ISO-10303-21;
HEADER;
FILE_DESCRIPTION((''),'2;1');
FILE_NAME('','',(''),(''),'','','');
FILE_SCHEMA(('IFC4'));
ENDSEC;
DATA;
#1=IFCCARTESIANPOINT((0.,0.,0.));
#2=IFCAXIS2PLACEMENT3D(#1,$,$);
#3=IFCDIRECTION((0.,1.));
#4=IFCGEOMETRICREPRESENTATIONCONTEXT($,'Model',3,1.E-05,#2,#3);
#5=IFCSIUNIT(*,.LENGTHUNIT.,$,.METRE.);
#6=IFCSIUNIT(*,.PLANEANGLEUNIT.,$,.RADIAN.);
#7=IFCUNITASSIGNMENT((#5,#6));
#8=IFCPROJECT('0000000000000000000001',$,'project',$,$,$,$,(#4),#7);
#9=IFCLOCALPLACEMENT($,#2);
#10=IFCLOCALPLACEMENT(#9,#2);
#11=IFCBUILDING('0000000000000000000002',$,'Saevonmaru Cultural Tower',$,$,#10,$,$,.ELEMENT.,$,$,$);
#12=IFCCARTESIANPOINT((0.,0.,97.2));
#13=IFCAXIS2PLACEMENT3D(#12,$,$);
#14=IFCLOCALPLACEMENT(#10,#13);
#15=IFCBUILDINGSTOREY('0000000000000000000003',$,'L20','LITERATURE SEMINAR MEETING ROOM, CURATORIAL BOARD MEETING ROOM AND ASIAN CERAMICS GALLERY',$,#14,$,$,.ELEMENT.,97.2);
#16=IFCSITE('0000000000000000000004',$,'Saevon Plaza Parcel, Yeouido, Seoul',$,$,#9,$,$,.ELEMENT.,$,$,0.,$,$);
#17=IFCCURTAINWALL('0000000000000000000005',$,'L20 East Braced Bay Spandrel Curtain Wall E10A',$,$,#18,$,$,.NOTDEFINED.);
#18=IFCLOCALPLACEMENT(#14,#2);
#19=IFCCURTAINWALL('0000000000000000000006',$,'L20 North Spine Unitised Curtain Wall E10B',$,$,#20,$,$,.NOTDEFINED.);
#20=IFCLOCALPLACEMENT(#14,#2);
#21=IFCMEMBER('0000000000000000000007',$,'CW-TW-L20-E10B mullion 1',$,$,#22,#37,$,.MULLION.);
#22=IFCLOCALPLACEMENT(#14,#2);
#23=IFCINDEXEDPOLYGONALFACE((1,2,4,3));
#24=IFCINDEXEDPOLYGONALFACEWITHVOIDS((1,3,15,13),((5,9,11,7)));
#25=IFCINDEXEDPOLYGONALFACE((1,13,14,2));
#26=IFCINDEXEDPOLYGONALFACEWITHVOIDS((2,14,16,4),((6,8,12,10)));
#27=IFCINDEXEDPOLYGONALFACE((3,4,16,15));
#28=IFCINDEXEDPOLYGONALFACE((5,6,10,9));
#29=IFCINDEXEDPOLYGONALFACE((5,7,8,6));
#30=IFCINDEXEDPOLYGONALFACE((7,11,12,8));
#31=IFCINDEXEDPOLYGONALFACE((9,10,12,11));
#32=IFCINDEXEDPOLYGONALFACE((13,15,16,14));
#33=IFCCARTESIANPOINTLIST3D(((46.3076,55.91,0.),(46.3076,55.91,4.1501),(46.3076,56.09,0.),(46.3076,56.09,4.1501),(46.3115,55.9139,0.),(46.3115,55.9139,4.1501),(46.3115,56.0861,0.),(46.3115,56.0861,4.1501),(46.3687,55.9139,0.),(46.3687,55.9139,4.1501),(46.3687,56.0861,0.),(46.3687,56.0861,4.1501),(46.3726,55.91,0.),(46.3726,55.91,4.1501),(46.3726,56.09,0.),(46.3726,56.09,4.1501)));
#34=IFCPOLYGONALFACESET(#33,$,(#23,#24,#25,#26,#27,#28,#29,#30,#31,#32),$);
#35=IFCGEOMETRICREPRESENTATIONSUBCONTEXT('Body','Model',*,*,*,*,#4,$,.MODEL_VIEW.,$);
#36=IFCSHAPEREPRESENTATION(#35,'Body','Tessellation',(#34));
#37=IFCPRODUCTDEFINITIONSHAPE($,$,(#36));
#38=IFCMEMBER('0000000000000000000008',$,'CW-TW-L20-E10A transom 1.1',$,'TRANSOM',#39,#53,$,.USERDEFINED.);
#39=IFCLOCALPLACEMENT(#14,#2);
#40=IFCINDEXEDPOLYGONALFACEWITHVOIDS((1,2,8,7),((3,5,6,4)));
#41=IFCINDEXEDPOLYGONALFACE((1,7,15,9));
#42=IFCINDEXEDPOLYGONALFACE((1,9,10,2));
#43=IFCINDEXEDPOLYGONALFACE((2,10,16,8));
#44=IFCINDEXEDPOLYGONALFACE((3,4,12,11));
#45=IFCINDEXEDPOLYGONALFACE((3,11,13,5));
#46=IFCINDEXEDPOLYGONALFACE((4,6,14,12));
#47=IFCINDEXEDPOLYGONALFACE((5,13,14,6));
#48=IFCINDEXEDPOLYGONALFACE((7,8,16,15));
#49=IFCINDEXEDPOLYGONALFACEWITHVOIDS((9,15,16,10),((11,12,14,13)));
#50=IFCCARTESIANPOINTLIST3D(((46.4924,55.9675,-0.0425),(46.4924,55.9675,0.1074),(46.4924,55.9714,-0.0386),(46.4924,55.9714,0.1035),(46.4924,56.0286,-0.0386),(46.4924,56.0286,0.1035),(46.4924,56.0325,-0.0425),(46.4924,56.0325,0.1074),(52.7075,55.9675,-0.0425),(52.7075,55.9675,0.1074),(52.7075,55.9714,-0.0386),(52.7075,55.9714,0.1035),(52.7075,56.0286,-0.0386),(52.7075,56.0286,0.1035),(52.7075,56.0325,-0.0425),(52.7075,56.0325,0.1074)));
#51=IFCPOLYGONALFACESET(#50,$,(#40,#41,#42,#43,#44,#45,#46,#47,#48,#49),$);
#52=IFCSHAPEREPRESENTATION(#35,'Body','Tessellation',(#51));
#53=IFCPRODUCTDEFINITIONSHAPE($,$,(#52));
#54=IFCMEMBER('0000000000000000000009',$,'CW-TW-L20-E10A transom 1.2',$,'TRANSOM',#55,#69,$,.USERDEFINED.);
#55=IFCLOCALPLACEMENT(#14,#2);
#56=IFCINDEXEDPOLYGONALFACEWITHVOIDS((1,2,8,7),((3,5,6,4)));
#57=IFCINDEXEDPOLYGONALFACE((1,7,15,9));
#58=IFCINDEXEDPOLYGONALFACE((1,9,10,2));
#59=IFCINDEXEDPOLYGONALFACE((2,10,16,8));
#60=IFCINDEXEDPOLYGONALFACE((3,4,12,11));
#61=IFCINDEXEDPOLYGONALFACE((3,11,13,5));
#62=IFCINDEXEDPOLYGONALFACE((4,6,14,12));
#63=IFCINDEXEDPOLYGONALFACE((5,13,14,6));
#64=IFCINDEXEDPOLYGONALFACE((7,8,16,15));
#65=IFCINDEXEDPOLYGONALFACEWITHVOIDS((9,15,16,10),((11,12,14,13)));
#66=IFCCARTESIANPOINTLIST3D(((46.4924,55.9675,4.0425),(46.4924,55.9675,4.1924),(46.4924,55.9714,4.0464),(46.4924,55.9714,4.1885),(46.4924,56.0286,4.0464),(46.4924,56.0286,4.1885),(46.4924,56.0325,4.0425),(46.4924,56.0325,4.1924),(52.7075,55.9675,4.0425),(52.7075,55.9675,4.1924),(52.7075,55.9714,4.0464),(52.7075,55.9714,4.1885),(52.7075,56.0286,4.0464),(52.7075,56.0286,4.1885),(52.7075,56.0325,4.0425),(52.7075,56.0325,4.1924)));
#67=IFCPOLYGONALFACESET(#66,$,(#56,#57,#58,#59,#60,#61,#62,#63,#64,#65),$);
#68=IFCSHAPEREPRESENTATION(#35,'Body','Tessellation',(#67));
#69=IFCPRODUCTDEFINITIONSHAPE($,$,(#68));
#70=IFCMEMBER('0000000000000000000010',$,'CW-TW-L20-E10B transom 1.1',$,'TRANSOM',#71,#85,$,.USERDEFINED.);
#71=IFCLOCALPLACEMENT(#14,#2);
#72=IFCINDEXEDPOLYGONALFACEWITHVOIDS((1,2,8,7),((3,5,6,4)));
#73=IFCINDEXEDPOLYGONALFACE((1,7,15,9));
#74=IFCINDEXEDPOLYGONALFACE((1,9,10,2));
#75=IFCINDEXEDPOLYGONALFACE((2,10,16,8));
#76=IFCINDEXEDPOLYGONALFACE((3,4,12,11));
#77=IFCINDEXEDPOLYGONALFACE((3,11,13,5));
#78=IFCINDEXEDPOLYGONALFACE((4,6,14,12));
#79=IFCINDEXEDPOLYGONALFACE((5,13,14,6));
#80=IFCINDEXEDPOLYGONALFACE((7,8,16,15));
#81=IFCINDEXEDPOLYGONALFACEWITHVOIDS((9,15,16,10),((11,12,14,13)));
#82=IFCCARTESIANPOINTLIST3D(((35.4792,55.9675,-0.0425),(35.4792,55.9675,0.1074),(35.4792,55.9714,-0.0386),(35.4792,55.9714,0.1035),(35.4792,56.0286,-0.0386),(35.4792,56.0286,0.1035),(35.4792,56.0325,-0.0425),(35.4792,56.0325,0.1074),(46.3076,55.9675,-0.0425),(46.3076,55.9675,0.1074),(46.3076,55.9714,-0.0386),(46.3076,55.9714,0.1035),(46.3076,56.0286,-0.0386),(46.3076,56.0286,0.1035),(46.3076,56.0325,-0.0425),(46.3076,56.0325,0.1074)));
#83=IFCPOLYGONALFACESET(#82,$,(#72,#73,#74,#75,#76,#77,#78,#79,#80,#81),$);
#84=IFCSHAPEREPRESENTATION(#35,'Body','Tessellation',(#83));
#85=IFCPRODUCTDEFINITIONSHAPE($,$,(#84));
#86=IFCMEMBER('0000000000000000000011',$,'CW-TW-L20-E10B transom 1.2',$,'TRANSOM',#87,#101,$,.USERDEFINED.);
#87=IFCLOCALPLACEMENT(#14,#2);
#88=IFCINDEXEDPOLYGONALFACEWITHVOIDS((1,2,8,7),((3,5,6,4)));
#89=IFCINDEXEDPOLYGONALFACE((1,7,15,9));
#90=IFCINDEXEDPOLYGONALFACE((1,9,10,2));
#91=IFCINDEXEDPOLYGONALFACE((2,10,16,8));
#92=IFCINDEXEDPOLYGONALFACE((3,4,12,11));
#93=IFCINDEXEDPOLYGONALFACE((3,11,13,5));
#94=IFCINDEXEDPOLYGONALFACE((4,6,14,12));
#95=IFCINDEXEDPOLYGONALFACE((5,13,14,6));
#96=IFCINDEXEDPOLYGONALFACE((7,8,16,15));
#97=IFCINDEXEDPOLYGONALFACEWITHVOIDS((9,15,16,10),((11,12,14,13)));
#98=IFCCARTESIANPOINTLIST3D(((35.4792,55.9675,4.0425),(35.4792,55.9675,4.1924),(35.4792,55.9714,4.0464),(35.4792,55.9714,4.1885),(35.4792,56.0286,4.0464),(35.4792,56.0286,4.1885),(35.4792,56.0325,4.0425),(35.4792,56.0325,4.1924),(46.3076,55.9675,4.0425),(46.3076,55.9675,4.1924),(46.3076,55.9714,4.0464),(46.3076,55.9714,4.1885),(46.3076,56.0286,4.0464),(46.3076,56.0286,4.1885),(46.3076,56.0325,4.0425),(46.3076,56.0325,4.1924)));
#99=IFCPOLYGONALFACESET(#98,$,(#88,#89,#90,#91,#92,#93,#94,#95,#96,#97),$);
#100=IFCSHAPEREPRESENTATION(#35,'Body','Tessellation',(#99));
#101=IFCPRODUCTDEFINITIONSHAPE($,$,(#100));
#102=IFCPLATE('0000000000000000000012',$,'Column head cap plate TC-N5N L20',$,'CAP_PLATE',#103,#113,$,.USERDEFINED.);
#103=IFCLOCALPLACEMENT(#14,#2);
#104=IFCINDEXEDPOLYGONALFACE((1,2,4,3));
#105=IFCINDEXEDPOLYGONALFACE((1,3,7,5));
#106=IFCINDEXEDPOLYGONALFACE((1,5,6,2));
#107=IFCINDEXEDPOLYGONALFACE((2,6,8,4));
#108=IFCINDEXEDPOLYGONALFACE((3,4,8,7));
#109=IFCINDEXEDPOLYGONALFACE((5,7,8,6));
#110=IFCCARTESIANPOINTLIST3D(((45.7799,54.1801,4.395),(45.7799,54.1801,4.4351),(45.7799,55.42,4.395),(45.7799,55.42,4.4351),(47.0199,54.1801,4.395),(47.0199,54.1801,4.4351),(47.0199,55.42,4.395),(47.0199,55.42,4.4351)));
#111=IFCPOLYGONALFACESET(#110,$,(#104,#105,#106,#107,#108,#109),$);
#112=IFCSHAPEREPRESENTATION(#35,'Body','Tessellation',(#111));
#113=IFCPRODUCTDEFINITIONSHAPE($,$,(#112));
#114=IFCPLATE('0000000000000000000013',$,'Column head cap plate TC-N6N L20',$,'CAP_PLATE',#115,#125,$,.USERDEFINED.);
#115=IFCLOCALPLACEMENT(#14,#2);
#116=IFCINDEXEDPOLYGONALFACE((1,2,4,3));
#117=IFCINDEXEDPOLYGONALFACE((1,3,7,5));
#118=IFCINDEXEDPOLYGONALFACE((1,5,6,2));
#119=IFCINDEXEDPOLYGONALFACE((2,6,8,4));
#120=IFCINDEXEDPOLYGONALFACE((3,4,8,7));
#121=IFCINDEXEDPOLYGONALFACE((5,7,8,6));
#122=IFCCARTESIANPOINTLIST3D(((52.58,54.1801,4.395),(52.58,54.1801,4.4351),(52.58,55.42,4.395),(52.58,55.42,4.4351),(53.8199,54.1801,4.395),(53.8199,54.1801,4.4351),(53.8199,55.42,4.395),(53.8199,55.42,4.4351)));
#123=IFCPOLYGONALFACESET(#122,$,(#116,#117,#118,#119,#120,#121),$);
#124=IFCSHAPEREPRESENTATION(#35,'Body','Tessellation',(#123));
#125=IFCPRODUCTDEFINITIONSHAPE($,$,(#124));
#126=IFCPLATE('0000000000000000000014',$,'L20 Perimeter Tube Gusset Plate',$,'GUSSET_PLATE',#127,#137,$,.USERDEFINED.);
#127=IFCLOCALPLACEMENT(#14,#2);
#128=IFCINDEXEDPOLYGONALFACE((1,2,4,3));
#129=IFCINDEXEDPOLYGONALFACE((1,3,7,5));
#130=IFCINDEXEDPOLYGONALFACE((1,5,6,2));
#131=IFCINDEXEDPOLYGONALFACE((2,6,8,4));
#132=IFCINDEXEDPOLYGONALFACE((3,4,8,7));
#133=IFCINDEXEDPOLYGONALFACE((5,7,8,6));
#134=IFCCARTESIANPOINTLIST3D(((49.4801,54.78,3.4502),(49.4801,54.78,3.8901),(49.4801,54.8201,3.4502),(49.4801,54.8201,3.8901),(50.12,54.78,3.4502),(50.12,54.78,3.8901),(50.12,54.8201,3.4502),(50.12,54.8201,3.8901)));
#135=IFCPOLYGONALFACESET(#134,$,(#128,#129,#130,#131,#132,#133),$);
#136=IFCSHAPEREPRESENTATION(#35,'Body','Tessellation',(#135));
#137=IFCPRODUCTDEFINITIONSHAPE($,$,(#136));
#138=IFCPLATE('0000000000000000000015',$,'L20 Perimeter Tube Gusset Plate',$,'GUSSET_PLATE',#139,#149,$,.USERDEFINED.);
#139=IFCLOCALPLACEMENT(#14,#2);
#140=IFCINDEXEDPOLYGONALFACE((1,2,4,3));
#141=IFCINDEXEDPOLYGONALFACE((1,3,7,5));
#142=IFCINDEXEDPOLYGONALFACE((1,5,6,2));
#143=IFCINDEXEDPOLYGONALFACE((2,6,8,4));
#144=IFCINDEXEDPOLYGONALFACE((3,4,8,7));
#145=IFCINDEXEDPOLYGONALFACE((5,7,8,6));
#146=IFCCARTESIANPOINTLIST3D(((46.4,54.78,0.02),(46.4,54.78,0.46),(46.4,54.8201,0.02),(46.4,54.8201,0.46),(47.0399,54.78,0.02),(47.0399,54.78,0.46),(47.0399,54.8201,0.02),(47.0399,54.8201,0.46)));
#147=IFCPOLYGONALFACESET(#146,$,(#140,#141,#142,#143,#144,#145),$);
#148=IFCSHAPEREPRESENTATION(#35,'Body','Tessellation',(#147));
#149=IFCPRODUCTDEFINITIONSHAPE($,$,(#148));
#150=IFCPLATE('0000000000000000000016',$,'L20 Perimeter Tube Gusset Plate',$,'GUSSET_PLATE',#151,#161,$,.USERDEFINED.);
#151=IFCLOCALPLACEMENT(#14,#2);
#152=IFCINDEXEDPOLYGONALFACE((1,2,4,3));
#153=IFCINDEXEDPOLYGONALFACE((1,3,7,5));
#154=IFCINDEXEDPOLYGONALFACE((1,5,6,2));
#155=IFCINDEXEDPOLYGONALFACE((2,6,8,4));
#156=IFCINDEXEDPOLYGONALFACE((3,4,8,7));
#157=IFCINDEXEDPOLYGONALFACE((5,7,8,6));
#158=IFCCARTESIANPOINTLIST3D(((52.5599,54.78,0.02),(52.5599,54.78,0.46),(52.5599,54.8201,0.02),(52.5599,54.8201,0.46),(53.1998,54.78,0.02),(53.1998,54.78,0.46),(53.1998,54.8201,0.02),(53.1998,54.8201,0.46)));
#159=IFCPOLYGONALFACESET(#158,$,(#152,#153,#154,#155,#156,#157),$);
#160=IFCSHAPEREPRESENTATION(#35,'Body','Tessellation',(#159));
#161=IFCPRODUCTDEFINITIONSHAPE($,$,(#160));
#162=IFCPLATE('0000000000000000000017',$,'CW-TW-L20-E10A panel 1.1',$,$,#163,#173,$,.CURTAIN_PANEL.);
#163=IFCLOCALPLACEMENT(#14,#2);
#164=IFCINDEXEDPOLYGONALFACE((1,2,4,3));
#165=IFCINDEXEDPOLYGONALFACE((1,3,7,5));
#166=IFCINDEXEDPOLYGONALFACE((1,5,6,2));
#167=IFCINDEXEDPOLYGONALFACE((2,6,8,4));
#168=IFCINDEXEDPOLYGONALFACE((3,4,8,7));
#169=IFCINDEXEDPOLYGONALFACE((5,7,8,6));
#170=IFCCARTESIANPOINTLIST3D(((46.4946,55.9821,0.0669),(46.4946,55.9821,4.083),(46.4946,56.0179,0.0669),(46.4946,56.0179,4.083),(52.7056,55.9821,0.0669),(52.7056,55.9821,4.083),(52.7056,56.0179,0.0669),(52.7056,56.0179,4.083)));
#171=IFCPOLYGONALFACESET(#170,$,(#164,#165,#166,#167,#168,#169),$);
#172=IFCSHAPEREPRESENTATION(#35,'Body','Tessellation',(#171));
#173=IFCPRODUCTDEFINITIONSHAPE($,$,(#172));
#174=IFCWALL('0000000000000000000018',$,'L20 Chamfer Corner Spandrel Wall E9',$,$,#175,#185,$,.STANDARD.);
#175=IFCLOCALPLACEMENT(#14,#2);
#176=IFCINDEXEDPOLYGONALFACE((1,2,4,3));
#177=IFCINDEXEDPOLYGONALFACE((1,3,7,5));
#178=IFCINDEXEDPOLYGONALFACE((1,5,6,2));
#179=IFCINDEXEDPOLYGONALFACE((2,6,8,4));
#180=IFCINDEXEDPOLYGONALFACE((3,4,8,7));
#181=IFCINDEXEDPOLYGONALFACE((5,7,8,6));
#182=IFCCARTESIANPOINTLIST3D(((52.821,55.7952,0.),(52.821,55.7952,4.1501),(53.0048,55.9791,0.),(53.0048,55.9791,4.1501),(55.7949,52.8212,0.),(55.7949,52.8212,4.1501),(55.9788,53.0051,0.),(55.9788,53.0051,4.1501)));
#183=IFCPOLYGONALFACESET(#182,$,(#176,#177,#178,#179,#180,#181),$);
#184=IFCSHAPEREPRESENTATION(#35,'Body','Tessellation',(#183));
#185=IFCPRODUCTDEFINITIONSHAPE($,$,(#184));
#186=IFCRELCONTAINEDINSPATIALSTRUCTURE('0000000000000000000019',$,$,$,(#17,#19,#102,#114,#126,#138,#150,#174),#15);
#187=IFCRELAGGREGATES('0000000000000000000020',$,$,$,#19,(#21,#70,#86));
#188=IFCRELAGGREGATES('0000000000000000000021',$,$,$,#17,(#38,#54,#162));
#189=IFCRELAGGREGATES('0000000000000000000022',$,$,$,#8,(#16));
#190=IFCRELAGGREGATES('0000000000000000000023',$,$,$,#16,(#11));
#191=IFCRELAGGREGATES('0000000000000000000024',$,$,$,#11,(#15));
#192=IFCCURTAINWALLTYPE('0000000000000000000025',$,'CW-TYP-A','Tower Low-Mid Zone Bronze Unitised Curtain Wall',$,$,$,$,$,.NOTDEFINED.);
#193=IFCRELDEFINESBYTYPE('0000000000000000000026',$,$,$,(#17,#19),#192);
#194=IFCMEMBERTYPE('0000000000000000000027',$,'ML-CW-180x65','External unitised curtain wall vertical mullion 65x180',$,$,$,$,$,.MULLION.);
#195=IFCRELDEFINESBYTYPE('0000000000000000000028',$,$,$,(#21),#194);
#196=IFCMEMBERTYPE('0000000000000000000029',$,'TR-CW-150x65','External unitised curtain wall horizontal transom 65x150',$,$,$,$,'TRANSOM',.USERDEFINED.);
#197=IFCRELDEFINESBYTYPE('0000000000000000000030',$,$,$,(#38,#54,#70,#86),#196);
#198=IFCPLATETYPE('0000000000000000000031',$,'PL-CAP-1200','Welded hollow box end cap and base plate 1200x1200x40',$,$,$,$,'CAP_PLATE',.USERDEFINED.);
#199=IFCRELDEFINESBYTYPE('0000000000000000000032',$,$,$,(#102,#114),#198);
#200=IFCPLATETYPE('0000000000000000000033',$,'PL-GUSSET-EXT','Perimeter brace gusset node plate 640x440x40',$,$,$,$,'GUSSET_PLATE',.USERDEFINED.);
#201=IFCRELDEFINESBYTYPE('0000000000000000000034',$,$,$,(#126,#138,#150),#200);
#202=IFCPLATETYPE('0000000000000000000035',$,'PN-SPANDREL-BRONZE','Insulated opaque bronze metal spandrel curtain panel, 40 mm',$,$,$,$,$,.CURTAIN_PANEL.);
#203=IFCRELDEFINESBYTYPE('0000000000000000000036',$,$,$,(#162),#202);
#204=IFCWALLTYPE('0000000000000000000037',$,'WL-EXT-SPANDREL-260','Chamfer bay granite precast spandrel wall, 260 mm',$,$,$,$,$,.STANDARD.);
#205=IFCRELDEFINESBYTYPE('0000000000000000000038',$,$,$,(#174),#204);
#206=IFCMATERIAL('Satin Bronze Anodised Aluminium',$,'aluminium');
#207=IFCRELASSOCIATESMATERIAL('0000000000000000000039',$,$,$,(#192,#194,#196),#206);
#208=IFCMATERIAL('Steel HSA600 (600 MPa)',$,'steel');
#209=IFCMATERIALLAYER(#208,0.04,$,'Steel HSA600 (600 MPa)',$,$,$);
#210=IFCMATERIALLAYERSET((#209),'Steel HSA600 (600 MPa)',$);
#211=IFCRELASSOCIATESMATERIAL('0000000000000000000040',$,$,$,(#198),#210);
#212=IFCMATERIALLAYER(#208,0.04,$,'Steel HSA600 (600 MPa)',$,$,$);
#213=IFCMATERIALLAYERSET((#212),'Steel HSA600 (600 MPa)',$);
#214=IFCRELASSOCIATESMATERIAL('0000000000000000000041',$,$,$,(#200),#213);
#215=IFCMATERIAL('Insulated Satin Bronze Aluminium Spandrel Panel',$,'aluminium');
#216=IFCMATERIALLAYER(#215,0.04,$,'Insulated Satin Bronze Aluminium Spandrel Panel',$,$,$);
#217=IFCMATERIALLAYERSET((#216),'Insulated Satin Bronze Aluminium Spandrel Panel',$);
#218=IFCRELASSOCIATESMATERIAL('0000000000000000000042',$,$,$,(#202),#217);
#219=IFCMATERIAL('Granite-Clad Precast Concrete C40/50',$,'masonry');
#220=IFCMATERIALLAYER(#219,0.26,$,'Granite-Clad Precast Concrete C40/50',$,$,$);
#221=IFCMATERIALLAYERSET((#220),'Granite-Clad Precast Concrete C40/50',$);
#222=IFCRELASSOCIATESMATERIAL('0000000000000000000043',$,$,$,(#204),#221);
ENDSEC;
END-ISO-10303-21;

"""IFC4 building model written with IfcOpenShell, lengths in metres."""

from ifc_helpers import new_model, si_unit, direction, frame, frame_2d, origin, origin_2d, place, context, subcontext, project, spatial, rectangle, hollow_rectangle, extrude, material, layer, layer_set, material_profile, profile_set, type_object, element, aggregate, save


model = new_model("IFC4")

# Units and contexts
model_context = context("Model", 3, precision=1e-05, world=origin(), true_north=direction((0.0, 1.0)))
body_context = subcontext(model_context, "Body", "Model", "MODEL_VIEW")
ifc_project = project(units=[si_unit("LENGTHUNIT", "METRE"), si_unit("PLANEANGLEUNIT", "RADIAN")], contexts=[model_context])

# Site, building, storey
site_placement = place(None, origin())
site = spatial("IfcSite", under=ifc_project, at=site_placement, Name="Saevon Plaza Parcel, Yeouido, Seoul", CompositionType="ELEMENT", RefElevation=0.0)
building_placement = place(site_placement, origin())
building = spatial("IfcBuilding", under=site, at=building_placement, Name="Saevonmaru Cultural Tower", CompositionType="ELEMENT")
storey_placement = place(building_placement, frame((0.0, 0.0, 97.2)))
storey = spatial("IfcBuildingStorey", under=building, at=storey_placement, Name="L20", Description="LITERATURE SEMINAR MEETING ROOM, CURATORIAL BOARD MEETING ROOM AND ASIAN CERAMICS GALLERY", CompositionType="ELEMENT", Elevation=97.2)

# Shared definitions
ifc_material_1 = material(Name="Steel HSA600 (600 MPa)", Category="steel")

# Shared definitions
ifc_material_2 = material(Name="Satin Bronze Anodised Aluminium", Category="aluminium")
curtain_wall_type = type_object("IfcCurtainWallType", Name="CW-TYP-A", Description="Tower Low-Mid Zone Bronze Unitised Curtain Wall", PredefinedType="NOTDEFINED", material=ifc_material_2)
ifc_material_profile_1 = material_profile(ifc_material_2, hollow_rectangle(XDim=0.0649, YDim=0.1799, WallThickness=0.0039, at=origin_2d()), Name="ALU-MULL-180x65x4")
ifc_profile_set_1 = profile_set([ifc_material_profile_1], Name="Satin Bronze Anodised Aluminium")
member_type_1 = type_object("IfcMemberType", Name="ML-CW-180x65", Description="External unitised curtain wall vertical mullion 65x180", PredefinedType="MULLION", material=ifc_profile_set_1)

# Curtain wall
curtain_wall_1_placement = place(storey_placement, origin())
curtain_wall_1 = element("IfcCurtainWall", 1, at=curtain_wall_1_placement, inside=storey, type_object=curtain_wall_type, Name="L20 East Braced Bay Spandrel Curtain Wall E10A", PredefinedType="NOTDEFINED")

# Curtain wall, member
curtain_wall_2_placement = place(storey_placement, origin())
curtain_wall_2 = element("IfcCurtainWall", 2, at=curtain_wall_2_placement, inside=storey, type_object=curtain_wall_type, Name="L20 North Spine Unitised Curtain Wall E10B", PredefinedType="NOTDEFINED")
member_1_placement = place(storey_placement, frame((46.3401, 56.0, 0.0), z_axis=(0.0, 0.0, 1.0), x_axis=(-1.0, 0.0, 0.0)))
member_1 = element("IfcMember", 3, at=member_1_placement, type_object=member_type_1, Name="CW-TW-L20-E10B mullion 1", PredefinedType="MULLION", context=body_context, shape_type="SweptSolid", body=[
    extrude(hollow_rectangle(XDim=0.0649, YDim=0.1799, WallThickness=0.0039, at=origin_2d()), origin(), (0.0, 0.0, 1.0), 4.1501),
])

# Members
ifc_material_profile_2 = material_profile(ifc_material_2, hollow_rectangle(XDim=0.0649, YDim=0.1499, WallThickness=0.0039, at=origin_2d()), Name="ALU-TRAN-150x65x4")
ifc_profile_set_2 = profile_set([ifc_material_profile_2], Name="Satin Bronze Anodised Aluminium")
member_type_2 = type_object("IfcMemberType", Name="TR-CW-150x65", Description="External unitised curtain wall horizontal transom 65x150", ElementType="TRANSOM", PredefinedType="USERDEFINED", material=ifc_profile_set_2)
member_2_placement = place(storey_placement, frame((52.7075, 56.0, 0.0325), z_axis=(-1.0, 0.0, 0.0), x_axis=(0.0, -1.0, 0.0)))
member_2 = element("IfcMember", 4, at=member_2_placement, type_object=member_type_2, Name="CW-TW-L20-E10A transom 1.1", ObjectType="TRANSOM", PredefinedType="USERDEFINED", context=body_context, shape_type="SweptSolid", body=[
    extrude(hollow_rectangle(XDim=0.0649, YDim=0.1499, WallThickness=0.0039, at=origin_2d()), origin(), (0.0, 0.0, 1.0), 6.2151),
])
member_3_placement = place(storey_placement, frame((52.7075, 56.0, 4.1174), z_axis=(-1.0, 0.0, 0.0), x_axis=(0.0, -1.0, 0.0)))
member_3 = element("IfcMember", 5, at=member_3_placement, type_object=member_type_2, Name="CW-TW-L20-E10A transom 1.2", ObjectType="TRANSOM", PredefinedType="USERDEFINED", context=body_context, shape_type="SweptSolid", body=[
    extrude(hollow_rectangle(XDim=0.0649, YDim=0.1499, WallThickness=0.0039, at=origin_2d()), origin(), (0.0, 0.0, 1.0), 6.2151),
])
member_4_placement = place(storey_placement, frame((46.3076, 56.0, 0.0325), z_axis=(-1.0, 0.0, 0.0), x_axis=(0.0, -1.0, 0.0)))
member_4 = element("IfcMember", 6, at=member_4_placement, type_object=member_type_2, Name="CW-TW-L20-E10B transom 1.1", ObjectType="TRANSOM", PredefinedType="USERDEFINED", context=body_context, shape_type="SweptSolid", body=[
    extrude(hollow_rectangle(XDim=0.0649, YDim=0.1499, WallThickness=0.0039, at=origin_2d()), origin(), (0.0, 0.0, 1.0), 10.8284),
])
member_5_placement = place(storey_placement, frame((46.3076, 56.0, 4.1174), z_axis=(-1.0, 0.0, 0.0), x_axis=(0.0, -1.0, 0.0)))
member_5 = element("IfcMember", 7, at=member_5_placement, type_object=member_type_2, Name="CW-TW-L20-E10B transom 1.2", ObjectType="TRANSOM", PredefinedType="USERDEFINED", context=body_context, shape_type="SweptSolid", body=[
    extrude(hollow_rectangle(XDim=0.0649, YDim=0.1499, WallThickness=0.0039, at=origin_2d()), origin(), (0.0, 0.0, 1.0), 10.8284),
])
aggregate(curtain_wall_2, [member_1, member_4, member_5])

# Plates
ifc_layer_1 = layer(ifc_material_1, 0.04, Name="Steel HSA600 (600 MPa)")
ifc_layer_set_1 = layer_set([ifc_layer_1], Name="Steel HSA600 (600 MPa)")
plate_type_1 = type_object("IfcPlateType", Name="PL-CAP-1200", Description="Welded hollow box end cap and base plate 1200x1200x40", ElementType="CAP_PLATE", PredefinedType="USERDEFINED", material=ifc_layer_set_1)
for number, where, z_axis, x_axis, name in (
    (8, (46.3999, 54.8, 4.395), (0.0, 0.0, 1.0), (1.0, 0.0, 0.0), "Column head cap plate TC-N5N L20"),
    (9, (53.2, 54.8, 4.395), (0.0, 0.0, 1.0), (1.0, 0.0, 0.0), "Column head cap plate TC-N6N L20"),
):
    element("IfcPlate", number, at=place(storey_placement, frame(where, z_axis=z_axis, x_axis=x_axis)), inside=storey, type_object=plate_type_1, Name=name, ObjectType="CAP_PLATE", PredefinedType="USERDEFINED", context=body_context, shape_type="SweptSolid", body=[
        extrude(rectangle(XDim=1.24, YDim=1.24, at=origin_2d()), origin(), (0.0, 0.0, 1.0), 0.04),
    ])
ifc_layer_2 = layer(ifc_material_1, 0.04, Name="Steel HSA600 (600 MPa)")
ifc_layer_set_2 = layer_set([ifc_layer_2], Name="Steel HSA600 (600 MPa)")
plate_type_2 = type_object("IfcPlateType", Name="PL-GUSSET-EXT", Description="Perimeter brace gusset node plate 640x440x40", ElementType="GUSSET_PLATE", PredefinedType="USERDEFINED", material=ifc_layer_set_2)
for number, where, z_axis, x_axis, name in (
    (10, (49.8, 54.8, 3.4502), (0.0, 0.0, 1.0), (1.0, 0.0, 0.0), "L20 Perimeter Tube Gusset Plate"),
    (11, (46.72, 54.8, 0.02), (0.0, 0.0, 1.0), (1.0, 0.0, 0.0), "L20 Perimeter Tube Gusset Plate"),
    (12, (52.8799, 54.8, 0.02), (0.0, 0.0, 1.0), (1.0, 0.0, 0.0), "L20 Perimeter Tube Gusset Plate"),
):
    element("IfcPlate", number, at=place(storey_placement, frame(where, z_axis=z_axis, x_axis=x_axis)), inside=storey, type_object=plate_type_2, Name=name, ObjectType="GUSSET_PLATE", PredefinedType="USERDEFINED", context=body_context, shape_type="SweptSolid", body=[
        extrude(rectangle(XDim=0.6399, YDim=0.04, at=origin_2d()), origin(), (0.0, 0.0, 1.0), 0.4399),
    ])

# Plate
ifc_material_3 = material(Name="Insulated Satin Bronze Aluminium Spandrel Panel", Category="aluminium")
ifc_layer_3 = layer(ifc_material_3, 0.04, Name="Insulated Satin Bronze Aluminium Spandrel Panel")
ifc_layer_set_3 = layer_set([ifc_layer_3], Name="Insulated Satin Bronze Aluminium Spandrel Panel")
plate_type_3 = type_object("IfcPlateType", Name="PN-SPANDREL-BRONZE", Description="Insulated opaque bronze metal spandrel curtain panel, 40 mm", PredefinedType="CURTAIN_PANEL", material=ifc_layer_set_3)
plate_placement = place(storey_placement, frame((49.6001, 56.0, 0.0669), z_axis=(0.0, 0.0, 1.0), x_axis=(-1.0, 0.0, 0.0)))
plate = element("IfcPlate", 13, at=plate_placement, type_object=plate_type_3, Name="CW-TW-L20-E10A panel 1.1", PredefinedType="CURTAIN_PANEL", context=body_context, shape_type="SweptSolid", body=[
    extrude(rectangle(XDim=6.2109, YDim=0.0359, at=origin_2d()), origin(), (0.0, 0.0, 1.0), 4.0161),
])
aggregate(curtain_wall_1, [member_2, member_3, plate])

# Wall
ifc_material_4 = material(Name="Granite-Clad Precast Concrete C40/50", Category="masonry")
ifc_layer_4 = layer(ifc_material_4, 0.26, Name="Granite-Clad Precast Concrete C40/50")
ifc_layer_set_4 = layer_set([ifc_layer_4], Name="Granite-Clad Precast Concrete C40/50")
wall_type_1 = type_object("IfcWallType", Name="WL-EXT-SPANDREL-260", Description="Chamfer bay granite precast spandrel wall, 260 mm", PredefinedType="STANDARD", material=ifc_layer_set_4)
wall_1_placement = place(storey_placement, frame((55.887, 52.9131, 0.0), z_axis=(0.0, 0.0, 1.0), x_axis=(-0.707107, 0.707107, 0.0)))
element("IfcWall", 14, at=wall_1_placement, inside=storey, type_object=wall_type_1, Name="L20 Chamfer Corner Spandrel Wall E9", PredefinedType="STANDARD", context=body_context, shape_type="SweptSolid", body=[
    extrude(rectangle(XDim=4.2058, YDim=0.26, at=frame_2d((2.103, 0.0))), origin(), (0.0, 0.0, 1.0), 4.1501),
])

save(model, "model.ifc")
